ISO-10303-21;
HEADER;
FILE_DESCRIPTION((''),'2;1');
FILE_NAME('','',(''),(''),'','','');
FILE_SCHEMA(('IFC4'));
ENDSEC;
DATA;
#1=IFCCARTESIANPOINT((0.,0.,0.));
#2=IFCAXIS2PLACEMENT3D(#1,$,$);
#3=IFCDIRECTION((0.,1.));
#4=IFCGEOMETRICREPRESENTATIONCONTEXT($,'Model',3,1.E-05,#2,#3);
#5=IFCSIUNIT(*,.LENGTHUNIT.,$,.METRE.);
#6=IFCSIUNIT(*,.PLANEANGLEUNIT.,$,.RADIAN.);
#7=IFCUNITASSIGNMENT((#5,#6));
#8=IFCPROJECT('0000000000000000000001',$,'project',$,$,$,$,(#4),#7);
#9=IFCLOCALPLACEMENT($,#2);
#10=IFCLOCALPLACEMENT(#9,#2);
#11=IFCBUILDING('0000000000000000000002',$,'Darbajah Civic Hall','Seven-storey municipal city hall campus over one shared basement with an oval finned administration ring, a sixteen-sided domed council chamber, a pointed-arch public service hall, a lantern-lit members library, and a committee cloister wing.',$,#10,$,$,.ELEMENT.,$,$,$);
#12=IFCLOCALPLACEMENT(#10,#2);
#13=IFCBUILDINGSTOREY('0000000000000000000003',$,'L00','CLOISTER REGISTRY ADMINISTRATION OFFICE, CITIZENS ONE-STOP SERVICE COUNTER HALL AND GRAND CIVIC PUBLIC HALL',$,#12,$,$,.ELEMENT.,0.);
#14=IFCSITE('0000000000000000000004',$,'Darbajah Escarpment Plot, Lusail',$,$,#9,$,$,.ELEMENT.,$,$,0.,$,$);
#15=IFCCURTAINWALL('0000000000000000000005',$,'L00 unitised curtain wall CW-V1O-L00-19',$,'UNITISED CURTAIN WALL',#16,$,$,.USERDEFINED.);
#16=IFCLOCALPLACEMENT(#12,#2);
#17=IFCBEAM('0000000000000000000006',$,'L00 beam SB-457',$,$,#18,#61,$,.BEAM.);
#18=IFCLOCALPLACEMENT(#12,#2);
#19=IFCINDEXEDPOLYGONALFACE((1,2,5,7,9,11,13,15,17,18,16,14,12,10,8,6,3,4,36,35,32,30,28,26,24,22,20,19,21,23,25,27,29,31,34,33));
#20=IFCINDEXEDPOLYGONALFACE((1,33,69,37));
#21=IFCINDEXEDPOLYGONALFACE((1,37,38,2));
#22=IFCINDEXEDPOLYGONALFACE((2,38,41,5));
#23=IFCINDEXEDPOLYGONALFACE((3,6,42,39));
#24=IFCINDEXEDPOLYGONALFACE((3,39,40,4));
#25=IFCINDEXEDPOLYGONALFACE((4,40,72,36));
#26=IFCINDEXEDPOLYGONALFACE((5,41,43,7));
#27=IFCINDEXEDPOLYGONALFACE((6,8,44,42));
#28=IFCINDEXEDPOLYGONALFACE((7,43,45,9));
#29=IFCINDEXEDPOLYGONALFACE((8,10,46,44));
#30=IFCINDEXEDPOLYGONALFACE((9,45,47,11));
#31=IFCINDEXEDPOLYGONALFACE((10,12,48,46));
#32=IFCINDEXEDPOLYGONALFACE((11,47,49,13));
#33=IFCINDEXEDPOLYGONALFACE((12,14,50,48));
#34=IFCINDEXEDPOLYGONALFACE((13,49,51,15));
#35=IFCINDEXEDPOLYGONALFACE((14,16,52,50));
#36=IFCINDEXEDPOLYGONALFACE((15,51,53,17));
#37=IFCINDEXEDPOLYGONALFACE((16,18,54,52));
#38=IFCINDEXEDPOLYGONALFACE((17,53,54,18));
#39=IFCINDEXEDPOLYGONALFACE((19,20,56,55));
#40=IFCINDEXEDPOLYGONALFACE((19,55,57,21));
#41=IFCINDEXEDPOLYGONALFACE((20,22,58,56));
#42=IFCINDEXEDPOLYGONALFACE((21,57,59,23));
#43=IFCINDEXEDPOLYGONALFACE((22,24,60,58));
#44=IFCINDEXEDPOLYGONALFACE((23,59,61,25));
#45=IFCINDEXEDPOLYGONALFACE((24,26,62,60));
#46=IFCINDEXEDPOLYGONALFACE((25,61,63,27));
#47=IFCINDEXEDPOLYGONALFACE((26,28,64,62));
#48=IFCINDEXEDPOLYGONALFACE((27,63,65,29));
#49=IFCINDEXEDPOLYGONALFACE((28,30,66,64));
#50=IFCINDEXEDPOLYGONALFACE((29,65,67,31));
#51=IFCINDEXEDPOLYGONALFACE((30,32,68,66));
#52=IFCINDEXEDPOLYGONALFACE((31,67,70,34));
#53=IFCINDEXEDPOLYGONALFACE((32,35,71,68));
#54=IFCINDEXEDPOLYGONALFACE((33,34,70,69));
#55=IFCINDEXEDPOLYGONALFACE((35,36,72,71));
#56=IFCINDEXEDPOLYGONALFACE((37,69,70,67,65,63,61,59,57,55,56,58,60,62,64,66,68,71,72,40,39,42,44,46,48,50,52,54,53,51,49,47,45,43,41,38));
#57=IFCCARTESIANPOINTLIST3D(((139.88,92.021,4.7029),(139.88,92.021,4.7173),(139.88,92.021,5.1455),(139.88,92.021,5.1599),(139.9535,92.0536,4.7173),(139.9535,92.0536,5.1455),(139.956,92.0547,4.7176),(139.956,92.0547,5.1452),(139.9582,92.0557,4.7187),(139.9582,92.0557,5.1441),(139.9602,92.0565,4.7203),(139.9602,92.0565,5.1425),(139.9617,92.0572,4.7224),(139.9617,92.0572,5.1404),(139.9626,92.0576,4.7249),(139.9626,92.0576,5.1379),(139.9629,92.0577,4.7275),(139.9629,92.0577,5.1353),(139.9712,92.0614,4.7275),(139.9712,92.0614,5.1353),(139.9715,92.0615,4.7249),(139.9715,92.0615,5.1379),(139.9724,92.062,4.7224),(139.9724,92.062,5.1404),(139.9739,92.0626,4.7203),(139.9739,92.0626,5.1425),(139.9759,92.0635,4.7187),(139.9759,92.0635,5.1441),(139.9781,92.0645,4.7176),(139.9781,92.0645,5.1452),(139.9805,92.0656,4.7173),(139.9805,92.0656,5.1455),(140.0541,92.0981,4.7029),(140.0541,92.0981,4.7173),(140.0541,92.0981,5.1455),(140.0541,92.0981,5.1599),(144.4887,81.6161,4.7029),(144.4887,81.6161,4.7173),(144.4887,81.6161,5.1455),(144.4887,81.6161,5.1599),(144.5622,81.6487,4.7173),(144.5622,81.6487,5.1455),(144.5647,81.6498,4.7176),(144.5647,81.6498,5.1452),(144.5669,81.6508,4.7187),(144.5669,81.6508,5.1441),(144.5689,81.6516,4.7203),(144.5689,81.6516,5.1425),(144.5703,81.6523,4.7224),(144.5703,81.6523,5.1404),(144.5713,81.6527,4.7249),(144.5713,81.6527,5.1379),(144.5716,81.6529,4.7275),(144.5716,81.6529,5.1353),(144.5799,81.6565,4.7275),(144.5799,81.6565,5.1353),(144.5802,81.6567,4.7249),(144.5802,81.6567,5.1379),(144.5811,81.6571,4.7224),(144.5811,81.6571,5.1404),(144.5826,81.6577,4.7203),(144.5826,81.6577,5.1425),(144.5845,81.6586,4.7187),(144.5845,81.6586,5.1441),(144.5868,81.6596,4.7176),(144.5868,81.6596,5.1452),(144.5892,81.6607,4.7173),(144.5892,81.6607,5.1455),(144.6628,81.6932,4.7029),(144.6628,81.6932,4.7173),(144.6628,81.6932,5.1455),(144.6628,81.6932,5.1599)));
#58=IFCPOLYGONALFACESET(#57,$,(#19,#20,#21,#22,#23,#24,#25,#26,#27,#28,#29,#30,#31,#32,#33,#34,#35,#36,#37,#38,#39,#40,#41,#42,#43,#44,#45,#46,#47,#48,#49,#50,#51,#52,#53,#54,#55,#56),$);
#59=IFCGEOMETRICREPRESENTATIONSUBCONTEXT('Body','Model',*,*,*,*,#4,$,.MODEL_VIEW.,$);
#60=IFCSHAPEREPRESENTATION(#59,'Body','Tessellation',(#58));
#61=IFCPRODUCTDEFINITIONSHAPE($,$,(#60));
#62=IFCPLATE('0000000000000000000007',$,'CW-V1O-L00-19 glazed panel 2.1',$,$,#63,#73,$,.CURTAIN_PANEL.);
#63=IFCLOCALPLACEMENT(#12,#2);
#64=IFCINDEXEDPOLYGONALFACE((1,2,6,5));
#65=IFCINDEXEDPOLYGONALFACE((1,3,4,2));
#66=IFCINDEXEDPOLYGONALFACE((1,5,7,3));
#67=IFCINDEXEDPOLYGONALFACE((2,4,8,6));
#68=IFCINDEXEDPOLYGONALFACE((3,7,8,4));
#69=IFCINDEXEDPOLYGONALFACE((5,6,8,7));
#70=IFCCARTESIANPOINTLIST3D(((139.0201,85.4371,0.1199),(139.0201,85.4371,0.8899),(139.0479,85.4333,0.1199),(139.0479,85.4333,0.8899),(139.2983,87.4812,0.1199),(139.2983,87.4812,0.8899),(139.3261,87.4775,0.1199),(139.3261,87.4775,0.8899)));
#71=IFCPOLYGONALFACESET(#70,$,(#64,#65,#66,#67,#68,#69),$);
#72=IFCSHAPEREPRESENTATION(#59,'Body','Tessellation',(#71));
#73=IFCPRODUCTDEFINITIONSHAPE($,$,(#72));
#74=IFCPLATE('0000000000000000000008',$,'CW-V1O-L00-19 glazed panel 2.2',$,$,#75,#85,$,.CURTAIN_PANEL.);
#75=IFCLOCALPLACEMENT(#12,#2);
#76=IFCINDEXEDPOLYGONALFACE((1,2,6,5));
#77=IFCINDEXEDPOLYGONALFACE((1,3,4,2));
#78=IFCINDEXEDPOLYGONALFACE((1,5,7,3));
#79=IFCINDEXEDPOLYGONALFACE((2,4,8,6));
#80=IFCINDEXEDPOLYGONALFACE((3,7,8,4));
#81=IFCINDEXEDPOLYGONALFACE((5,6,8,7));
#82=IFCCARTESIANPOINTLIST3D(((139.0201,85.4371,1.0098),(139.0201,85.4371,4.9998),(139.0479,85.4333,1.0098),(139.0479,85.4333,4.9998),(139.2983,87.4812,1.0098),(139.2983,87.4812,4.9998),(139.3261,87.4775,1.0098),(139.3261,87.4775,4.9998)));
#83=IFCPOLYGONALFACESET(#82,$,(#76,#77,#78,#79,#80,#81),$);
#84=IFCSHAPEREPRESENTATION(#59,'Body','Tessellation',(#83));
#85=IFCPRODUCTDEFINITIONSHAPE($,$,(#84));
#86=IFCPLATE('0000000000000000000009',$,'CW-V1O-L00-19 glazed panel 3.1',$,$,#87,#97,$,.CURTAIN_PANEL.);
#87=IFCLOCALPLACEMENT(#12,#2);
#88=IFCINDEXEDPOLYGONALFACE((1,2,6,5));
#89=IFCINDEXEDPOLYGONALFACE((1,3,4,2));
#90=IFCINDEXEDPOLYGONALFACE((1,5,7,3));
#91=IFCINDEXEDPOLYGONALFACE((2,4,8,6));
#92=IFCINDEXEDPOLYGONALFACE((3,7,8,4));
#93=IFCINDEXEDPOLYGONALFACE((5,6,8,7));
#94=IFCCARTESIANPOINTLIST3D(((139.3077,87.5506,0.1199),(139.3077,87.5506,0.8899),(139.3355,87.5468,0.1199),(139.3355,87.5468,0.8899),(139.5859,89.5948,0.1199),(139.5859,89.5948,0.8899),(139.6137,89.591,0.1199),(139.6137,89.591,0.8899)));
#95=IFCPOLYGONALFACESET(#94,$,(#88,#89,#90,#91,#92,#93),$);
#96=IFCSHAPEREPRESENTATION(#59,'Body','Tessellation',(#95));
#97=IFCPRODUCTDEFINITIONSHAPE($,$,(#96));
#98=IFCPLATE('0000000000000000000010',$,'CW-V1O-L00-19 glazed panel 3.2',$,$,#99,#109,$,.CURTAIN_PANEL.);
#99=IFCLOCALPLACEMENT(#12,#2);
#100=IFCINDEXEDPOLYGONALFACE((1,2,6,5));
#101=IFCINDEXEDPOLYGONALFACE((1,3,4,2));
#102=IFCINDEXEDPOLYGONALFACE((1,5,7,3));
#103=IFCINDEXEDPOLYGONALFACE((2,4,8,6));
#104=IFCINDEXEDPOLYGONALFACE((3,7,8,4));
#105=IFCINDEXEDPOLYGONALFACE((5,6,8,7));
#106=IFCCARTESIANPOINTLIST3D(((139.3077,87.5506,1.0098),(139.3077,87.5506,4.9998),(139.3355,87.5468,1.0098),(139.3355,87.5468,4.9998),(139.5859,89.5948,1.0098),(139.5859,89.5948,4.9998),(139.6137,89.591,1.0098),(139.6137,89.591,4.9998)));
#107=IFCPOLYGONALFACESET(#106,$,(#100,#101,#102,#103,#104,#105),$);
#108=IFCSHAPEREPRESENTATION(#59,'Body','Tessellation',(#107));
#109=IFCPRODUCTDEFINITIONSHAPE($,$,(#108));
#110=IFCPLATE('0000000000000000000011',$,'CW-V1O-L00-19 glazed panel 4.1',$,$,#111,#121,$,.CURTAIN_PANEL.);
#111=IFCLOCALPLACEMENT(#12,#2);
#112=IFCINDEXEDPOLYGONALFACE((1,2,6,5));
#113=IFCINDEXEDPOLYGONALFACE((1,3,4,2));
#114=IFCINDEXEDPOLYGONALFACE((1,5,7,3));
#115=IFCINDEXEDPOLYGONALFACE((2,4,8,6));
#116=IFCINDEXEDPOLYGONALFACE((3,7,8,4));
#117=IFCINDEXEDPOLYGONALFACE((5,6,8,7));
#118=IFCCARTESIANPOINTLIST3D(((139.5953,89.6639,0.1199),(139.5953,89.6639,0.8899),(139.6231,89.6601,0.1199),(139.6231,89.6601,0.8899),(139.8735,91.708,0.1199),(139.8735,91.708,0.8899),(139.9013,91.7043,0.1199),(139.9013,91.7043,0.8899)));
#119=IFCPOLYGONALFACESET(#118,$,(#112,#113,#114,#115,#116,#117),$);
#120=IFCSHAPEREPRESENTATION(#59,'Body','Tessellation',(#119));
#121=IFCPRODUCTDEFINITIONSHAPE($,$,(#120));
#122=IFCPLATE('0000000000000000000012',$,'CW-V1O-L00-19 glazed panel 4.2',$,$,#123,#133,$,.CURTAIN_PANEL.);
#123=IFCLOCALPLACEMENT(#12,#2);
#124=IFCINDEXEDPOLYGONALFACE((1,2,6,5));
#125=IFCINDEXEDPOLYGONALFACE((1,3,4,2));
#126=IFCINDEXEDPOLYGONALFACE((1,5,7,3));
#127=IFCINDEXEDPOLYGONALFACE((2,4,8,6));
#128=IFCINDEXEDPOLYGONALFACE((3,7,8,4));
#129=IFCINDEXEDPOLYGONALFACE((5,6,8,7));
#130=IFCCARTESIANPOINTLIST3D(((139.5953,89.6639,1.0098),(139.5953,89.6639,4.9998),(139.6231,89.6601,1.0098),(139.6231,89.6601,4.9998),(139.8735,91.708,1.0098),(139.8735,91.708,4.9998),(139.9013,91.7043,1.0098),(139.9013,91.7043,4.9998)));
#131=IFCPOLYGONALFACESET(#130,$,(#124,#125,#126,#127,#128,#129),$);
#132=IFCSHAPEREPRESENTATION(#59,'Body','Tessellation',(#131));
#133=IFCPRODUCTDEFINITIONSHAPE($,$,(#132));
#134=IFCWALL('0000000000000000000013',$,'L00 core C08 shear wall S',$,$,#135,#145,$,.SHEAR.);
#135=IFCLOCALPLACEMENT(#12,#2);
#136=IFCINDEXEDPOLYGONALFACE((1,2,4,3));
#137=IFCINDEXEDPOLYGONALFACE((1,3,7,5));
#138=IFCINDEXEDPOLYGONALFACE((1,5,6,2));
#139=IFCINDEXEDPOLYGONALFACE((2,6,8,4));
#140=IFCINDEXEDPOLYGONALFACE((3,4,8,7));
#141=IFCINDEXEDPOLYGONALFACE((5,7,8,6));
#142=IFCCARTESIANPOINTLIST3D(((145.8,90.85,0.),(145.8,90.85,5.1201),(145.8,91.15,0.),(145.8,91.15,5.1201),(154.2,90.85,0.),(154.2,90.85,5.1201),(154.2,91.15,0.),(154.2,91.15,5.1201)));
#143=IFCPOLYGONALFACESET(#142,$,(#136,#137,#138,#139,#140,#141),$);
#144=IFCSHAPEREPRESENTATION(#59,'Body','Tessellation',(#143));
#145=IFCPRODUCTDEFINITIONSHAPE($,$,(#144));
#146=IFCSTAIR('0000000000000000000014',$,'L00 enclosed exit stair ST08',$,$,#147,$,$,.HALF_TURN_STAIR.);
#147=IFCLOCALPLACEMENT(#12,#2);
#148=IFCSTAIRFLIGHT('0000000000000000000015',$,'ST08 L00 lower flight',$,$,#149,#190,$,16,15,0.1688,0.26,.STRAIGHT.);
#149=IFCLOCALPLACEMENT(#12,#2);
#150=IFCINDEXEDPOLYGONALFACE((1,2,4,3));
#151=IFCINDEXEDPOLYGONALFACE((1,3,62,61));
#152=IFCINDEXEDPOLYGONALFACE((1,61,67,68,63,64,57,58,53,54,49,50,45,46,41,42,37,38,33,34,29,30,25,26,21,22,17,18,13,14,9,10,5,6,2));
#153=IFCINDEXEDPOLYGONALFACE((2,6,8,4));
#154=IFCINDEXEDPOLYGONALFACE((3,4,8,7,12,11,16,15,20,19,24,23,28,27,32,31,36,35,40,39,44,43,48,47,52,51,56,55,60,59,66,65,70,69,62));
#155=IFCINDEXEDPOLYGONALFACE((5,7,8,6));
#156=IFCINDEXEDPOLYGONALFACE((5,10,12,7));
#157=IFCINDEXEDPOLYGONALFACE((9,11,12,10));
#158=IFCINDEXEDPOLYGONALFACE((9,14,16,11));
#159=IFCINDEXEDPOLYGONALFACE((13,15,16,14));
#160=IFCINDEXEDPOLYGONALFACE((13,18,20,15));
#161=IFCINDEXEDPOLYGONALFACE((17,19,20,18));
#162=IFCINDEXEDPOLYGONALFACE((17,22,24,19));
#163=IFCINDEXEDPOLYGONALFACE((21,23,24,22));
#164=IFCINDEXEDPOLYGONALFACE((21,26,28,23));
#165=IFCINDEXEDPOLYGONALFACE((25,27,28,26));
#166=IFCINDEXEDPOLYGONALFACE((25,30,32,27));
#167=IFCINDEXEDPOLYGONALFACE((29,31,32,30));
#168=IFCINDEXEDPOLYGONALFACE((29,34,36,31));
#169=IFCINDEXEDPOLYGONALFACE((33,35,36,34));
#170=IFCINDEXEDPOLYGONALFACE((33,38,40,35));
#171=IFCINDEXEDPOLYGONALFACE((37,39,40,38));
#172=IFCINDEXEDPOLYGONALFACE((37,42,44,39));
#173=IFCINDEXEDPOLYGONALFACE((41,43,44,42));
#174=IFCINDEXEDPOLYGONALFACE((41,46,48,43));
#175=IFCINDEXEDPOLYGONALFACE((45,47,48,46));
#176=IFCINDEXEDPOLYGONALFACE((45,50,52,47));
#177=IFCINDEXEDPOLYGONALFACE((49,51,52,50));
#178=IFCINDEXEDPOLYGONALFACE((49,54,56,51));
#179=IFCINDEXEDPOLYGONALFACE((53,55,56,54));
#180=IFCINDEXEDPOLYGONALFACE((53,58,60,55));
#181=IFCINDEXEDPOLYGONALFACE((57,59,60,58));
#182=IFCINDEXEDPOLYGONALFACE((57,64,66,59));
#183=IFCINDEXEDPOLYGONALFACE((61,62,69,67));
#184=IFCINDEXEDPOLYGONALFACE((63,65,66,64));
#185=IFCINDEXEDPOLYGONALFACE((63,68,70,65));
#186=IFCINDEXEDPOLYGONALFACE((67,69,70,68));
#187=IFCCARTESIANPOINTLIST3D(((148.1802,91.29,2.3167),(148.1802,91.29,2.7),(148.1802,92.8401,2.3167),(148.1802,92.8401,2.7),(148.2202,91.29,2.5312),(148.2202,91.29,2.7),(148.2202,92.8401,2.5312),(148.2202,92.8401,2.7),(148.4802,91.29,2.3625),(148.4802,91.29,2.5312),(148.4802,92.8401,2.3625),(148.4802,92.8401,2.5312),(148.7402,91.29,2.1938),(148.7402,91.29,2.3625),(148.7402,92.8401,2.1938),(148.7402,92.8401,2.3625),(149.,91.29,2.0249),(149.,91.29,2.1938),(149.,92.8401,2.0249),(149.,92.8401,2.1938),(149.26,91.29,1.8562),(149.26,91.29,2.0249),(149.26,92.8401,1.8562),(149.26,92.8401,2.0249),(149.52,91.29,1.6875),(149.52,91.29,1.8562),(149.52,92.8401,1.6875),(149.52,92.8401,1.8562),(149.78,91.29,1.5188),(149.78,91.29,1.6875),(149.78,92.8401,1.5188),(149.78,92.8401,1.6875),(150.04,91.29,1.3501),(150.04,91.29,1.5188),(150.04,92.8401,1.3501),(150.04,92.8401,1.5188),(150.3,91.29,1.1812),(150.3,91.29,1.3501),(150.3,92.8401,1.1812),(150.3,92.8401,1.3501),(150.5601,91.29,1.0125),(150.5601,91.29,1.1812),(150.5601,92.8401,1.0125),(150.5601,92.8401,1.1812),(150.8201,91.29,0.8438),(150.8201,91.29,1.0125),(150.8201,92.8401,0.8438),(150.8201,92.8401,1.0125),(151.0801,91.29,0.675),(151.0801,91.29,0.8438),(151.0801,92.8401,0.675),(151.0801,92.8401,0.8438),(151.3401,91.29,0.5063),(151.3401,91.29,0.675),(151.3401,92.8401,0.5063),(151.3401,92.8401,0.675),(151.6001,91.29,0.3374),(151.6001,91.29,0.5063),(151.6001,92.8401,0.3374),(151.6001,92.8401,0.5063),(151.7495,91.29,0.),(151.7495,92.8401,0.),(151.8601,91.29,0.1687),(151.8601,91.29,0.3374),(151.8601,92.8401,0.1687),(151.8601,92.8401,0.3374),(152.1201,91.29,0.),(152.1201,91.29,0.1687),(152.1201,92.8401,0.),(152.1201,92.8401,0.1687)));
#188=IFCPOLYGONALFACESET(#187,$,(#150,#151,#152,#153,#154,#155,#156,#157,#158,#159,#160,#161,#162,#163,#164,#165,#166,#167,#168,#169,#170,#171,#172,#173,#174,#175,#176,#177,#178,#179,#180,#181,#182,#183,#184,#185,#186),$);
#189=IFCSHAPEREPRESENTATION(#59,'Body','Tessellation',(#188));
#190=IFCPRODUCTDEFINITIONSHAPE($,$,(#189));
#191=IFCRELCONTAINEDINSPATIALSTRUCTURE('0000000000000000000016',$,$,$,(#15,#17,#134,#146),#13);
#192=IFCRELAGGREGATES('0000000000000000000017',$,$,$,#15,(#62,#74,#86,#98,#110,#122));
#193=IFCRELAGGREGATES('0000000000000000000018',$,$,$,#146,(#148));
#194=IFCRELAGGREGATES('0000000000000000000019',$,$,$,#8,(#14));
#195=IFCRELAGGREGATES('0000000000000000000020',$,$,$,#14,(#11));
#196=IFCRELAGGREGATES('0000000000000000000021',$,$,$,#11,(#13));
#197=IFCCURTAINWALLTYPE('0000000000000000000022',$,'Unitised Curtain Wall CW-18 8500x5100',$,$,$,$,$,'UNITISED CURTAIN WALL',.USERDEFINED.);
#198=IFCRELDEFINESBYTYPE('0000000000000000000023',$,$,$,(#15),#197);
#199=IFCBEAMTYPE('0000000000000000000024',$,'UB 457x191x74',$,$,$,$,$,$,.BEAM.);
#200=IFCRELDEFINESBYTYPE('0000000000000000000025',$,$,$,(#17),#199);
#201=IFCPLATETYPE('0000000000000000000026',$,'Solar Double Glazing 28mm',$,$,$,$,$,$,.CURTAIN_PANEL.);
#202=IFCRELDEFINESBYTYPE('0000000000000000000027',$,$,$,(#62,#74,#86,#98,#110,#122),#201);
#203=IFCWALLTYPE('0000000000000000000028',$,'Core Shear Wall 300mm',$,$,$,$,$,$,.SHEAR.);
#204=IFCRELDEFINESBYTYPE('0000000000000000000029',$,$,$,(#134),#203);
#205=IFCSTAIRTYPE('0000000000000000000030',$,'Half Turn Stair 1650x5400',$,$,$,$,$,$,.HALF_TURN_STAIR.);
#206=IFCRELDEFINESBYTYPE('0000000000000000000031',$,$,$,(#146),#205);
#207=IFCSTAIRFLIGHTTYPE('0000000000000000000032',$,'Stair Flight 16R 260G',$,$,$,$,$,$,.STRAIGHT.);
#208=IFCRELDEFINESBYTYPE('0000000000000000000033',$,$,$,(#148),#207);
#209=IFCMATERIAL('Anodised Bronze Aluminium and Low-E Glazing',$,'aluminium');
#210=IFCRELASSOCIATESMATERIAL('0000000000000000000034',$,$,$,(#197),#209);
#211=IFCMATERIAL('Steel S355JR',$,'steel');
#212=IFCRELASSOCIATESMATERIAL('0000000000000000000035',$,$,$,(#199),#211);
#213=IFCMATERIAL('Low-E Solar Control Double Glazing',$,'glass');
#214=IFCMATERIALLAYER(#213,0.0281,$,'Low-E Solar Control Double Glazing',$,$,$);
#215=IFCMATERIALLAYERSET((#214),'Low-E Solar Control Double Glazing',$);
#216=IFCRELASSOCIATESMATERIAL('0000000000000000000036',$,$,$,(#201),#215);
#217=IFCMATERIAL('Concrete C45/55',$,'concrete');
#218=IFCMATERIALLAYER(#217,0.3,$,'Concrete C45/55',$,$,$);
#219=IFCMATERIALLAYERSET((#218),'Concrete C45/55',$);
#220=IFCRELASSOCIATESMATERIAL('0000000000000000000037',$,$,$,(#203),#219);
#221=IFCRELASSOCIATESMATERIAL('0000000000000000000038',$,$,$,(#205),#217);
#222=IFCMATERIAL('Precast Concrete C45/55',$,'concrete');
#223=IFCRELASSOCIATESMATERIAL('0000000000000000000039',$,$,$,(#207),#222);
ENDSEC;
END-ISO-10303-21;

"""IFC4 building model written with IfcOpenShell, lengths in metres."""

from ifc_helpers import new_model, si_unit, direction, frame, frame_2d, origin, origin_2d, place, context, subcontext, project, spatial, polyline, rectangle, i_section, outline, extrude, material, layer, layer_set, material_profile, profile_set, type_object, element, aggregate, save


model = new_model("IFC4")

# Units and contexts
model_context = context("Model", 3, precision=1e-05, world=origin(), true_north=direction((0.0, 1.0)))
body_context = subcontext(model_context, "Body", "Model", "MODEL_VIEW")
ifc_project = project(units=[si_unit("LENGTHUNIT", "METRE"), si_unit("PLANEANGLEUNIT", "RADIAN")], contexts=[model_context])

# Site, building, storey
site_placement = place(None, origin())
site = spatial("IfcSite", under=ifc_project, at=site_placement, Name="Darbajah Escarpment Plot, Lusail", CompositionType="ELEMENT", RefElevation=0.0)
building_placement = place(site_placement, origin())
building = spatial("IfcBuilding", under=site, at=building_placement, Name="Darbajah Civic Hall", Description="Seven-storey municipal city hall campus over one shared basement with an oval finned administration ring, a sixteen-sided domed council chamber, a pointed-arch public service hall, a lantern-lit members library, and a committee cloister wing.", CompositionType="ELEMENT")
storey_placement = place(building_placement, origin())
storey = spatial("IfcBuildingStorey", under=building, at=storey_placement, Name="L00", Description="CLOISTER REGISTRY ADMINISTRATION OFFICE, CITIZENS ONE-STOP SERVICE COUNTER HALL AND GRAND CIVIC PUBLIC HALL", CompositionType="ELEMENT", Elevation=0.0)

# Curtain wall
ifc_material_1 = material(Name="Anodised Bronze Aluminium and Low-E Glazing", Category="aluminium")
curtain_wall_type = type_object("IfcCurtainWallType", Name="Unitised Curtain Wall CW-18 8500x5100", ElementType="UNITISED CURTAIN WALL", PredefinedType="USERDEFINED", material=ifc_material_1)
curtain_wall_placement = place(storey_placement, origin())
curtain_wall = element("IfcCurtainWall", 1, at=curtain_wall_placement, inside=storey, type_object=curtain_wall_type, Name="L00 unitised curtain wall CW-V1O-L00-19", ObjectType="UNITISED CURTAIN WALL", PredefinedType="USERDEFINED")

# Beam
ifc_material_2 = material(Name="Concrete C45/55", Category="concrete")
ifc_material_3 = material(Name="Steel S355JR", Category="steel")
ifc_material_profile_1 = material_profile(ifc_material_3, i_section(OverallWidth=0.1904, OverallDepth=0.457, WebThickness=0.009, FlangeThickness=0.0144, FilletRadius=0.0103, at=origin_2d()), Name="UB 457x191x74")
ifc_profile_set_1 = profile_set([ifc_material_profile_1], Name="Steel S355JR")
beam_type_1 = type_object("IfcBeamType", Name="UB 457x191x74", PredefinedType="BEAM", material=ifc_profile_set_1)
beam_1_placement = place(storey_placement, frame((139.967, 92.0596, 4.9314), z_axis=(0.404986, -0.914323, 0.0), x_axis=(0.914323, 0.404986, 0.0)))
element("IfcBeam", 2, at=beam_1_placement, inside=storey, type_object=beam_type_1, Name="L00 beam SB-457", PredefinedType="BEAM", context=body_context, shape_type="SweptSolid", body=[
    extrude(i_section(OverallWidth=0.1904, OverallDepth=0.457, WebThickness=0.009, FlangeThickness=0.0144, FilletRadius=0.0103, at=origin_2d()), origin(), (0.0, 0.0, 1.0), 11.3799),
])

# Plates
ifc_material_4 = material(Name="Low-E Solar Control Double Glazing", Category="glass")
ifc_layer_1 = layer(ifc_material_4, 0.0281, Name="Low-E Solar Control Double Glazing")
ifc_layer_set_1 = layer_set([ifc_layer_1], Name="Low-E Solar Control Double Glazing")
plate_type = type_object("IfcPlateType", Name="Solar Double Glazing 28mm", PredefinedType="CURTAIN_PANEL", material=ifc_layer_set_1)
plate_1_placement = place(storey_placement, frame((139.1731, 86.4573, 0.1199), z_axis=(0.0, 0.0, 1.0), x_axis=(0.134851, 0.990866, 0.0)))
plate_1 = element("IfcPlate", 3, at=plate_1_placement, type_object=plate_type, Name="CW-V1O-L00-19 glazed panel 2.1", PredefinedType="CURTAIN_PANEL", context=body_context, shape_type="SweptSolid", body=[
    extrude(rectangle(XDim=2.063, YDim=0.0281, at=origin_2d()), origin(), (0.0, 0.0, 1.0), 0.77),
])
plate_2_placement = place(storey_placement, frame((139.1731, 86.4573, 1.0098), z_axis=(0.0, 0.0, 1.0), x_axis=(0.134851, 0.990866, 0.0)))
plate_2 = element("IfcPlate", 4, at=plate_2_placement, type_object=plate_type, Name="CW-V1O-L00-19 glazed panel 2.2", PredefinedType="CURTAIN_PANEL", context=body_context, shape_type="SweptSolid", body=[
    extrude(rectangle(XDim=2.063, YDim=0.0281, at=origin_2d()), origin(), (0.0, 0.0, 1.0), 3.99),
])
plate_3_placement = place(storey_placement, frame((139.4607, 88.5708, 0.1199), z_axis=(0.0, 0.0, 1.0), x_axis=(0.134851, 0.990866, 0.0)))
plate_3 = element("IfcPlate", 5, at=plate_3_placement, type_object=plate_type, Name="CW-V1O-L00-19 glazed panel 3.1", PredefinedType="CURTAIN_PANEL", context=body_context, shape_type="SweptSolid", body=[
    extrude(rectangle(XDim=2.063, YDim=0.0281, at=origin_2d()), origin(), (0.0, 0.0, 1.0), 0.77),
])
plate_4_placement = place(storey_placement, frame((139.4607, 88.5708, 1.0098), z_axis=(0.0, 0.0, 1.0), x_axis=(0.134851, 0.990866, 0.0)))
plate_4 = element("IfcPlate", 6, at=plate_4_placement, type_object=plate_type, Name="CW-V1O-L00-19 glazed panel 3.2", PredefinedType="CURTAIN_PANEL", context=body_context, shape_type="SweptSolid", body=[
    extrude(rectangle(XDim=2.063, YDim=0.0281, at=origin_2d()), origin(), (0.0, 0.0, 1.0), 3.99),
])
plate_5_placement = place(storey_placement, frame((139.7483, 90.6841, 0.1199), z_axis=(0.0, 0.0, 1.0), x_axis=(0.134851, 0.990866, 0.0)))
plate_5 = element("IfcPlate", 7, at=plate_5_placement, type_object=plate_type, Name="CW-V1O-L00-19 glazed panel 4.1", PredefinedType="CURTAIN_PANEL", context=body_context, shape_type="SweptSolid", body=[
    extrude(rectangle(XDim=2.063, YDim=0.0281, at=origin_2d()), origin(), (0.0, 0.0, 1.0), 0.77),
])
plate_6_placement = place(storey_placement, frame((139.7483, 90.6841, 1.0098), z_axis=(0.0, 0.0, 1.0), x_axis=(0.134851, 0.990866, 0.0)))
plate_6 = element("IfcPlate", 8, at=plate_6_placement, type_object=plate_type, Name="CW-V1O-L00-19 glazed panel 4.2", PredefinedType="CURTAIN_PANEL", context=body_context, shape_type="SweptSolid", body=[
    extrude(rectangle(XDim=2.063, YDim=0.0281, at=origin_2d()), origin(), (0.0, 0.0, 1.0), 3.99),
])
aggregate(curtain_wall, [plate_1, plate_2, plate_3, plate_4, plate_5, plate_6])

# Wall
ifc_layer_2 = layer(ifc_material_2, 0.3, Name="Concrete C45/55")
ifc_layer_set_2 = layer_set([ifc_layer_2], Name="Concrete C45/55")
wall_type = type_object("IfcWallType", Name="Core Shear Wall 300mm", PredefinedType="SHEAR", material=ifc_layer_set_2)
wall_placement = place(storey_placement, frame((145.8, 91.0, 0.0), z_axis=(0.0, 0.0, 1.0), x_axis=(1.0, 0.0, 0.0)))
element("IfcWall", 9, at=wall_placement, inside=storey, type_object=wall_type, Name="L00 core C08 shear wall S", PredefinedType="SHEAR", context=body_context, shape_type="SweptSolid", body=[
    extrude(rectangle(XDim=8.3999, YDim=0.3, at=frame_2d((4.2, 0.0))), origin(), (0.0, 0.0, 1.0), 5.1201),
])

# Stair, stair flight
stair_type = type_object("IfcStairType", Name="Half Turn Stair 1650x5400", PredefinedType="HALF_TURN_STAIR", material=ifc_material_2)
stair_placement = place(storey_placement, origin())
stair = element("IfcStair", 10, at=stair_placement, inside=storey, type_object=stair_type, Name="L00 enclosed exit stair ST08", PredefinedType="HALF_TURN_STAIR")
ifc_material_5 = material(Name="Precast Concrete C45/55", Category="concrete")
stair_flight_type = type_object("IfcStairFlightType", Name="Stair Flight 16R 260G", PredefinedType="STRAIGHT", material=ifc_material_5)
stair_flight_placement = place(storey_placement, frame((152.1201, 92.0649, 0.0), z_axis=(0.0, 0.0, 1.0), x_axis=(-1.0, 0.0, 0.0)))
stair_flight = element("IfcStairFlight", 11, at=stair_flight_placement, type_object=stair_flight_type, Name="ST08 L00 lower flight", NumberOfRisers=16, NumberOfTreads=15, PredefinedType="STRAIGHT", RiserHeight=0.1688, TreadLength=0.26, context=body_context, shape_type="SweptSolid", body=[
    extrude(outline(polyline([(0.0, 0.0), (0.0, 0.1687), (0.26, 0.1687), (0.26, 0.3374), (0.52, 0.3374), (0.52, 0.5063), (0.78, 0.5063), (0.78, 0.675), (1.04, 0.675), (1.04, 0.8438), (1.3, 0.8438), (1.3, 1.0125), (1.5601, 1.0125), (1.5601, 1.1812), (1.8201, 1.1812), (1.8201, 1.3501), (2.0801, 1.3501), (2.0801, 1.5188), (2.3401, 1.5188), (2.3401, 1.6875), (2.6001, 1.6875), (2.6001, 1.8562), (2.8601, 1.8562), (2.8601, 2.0249), (3.1201, 2.0249), (3.1201, 2.1938), (3.3799, 2.1938), (3.3799, 2.3625), (3.6399, 2.3625), (3.6399, 2.5312), (3.8999, 2.5312), (3.8999, 2.7), (3.9399, 2.7), (3.9399, 2.3167), (0.3706, 0.0), (0.0, 0.0)])), frame((0.0, 0.7749, 0.0), z_axis=(0.0, -1.0, 0.0), x_axis=(1.0, 0.0, 0.0)), (0.0, 0.0, 1.0), 1.55),
])
aggregate(stair, [stair_flight])

save(model, "model.ifc")
